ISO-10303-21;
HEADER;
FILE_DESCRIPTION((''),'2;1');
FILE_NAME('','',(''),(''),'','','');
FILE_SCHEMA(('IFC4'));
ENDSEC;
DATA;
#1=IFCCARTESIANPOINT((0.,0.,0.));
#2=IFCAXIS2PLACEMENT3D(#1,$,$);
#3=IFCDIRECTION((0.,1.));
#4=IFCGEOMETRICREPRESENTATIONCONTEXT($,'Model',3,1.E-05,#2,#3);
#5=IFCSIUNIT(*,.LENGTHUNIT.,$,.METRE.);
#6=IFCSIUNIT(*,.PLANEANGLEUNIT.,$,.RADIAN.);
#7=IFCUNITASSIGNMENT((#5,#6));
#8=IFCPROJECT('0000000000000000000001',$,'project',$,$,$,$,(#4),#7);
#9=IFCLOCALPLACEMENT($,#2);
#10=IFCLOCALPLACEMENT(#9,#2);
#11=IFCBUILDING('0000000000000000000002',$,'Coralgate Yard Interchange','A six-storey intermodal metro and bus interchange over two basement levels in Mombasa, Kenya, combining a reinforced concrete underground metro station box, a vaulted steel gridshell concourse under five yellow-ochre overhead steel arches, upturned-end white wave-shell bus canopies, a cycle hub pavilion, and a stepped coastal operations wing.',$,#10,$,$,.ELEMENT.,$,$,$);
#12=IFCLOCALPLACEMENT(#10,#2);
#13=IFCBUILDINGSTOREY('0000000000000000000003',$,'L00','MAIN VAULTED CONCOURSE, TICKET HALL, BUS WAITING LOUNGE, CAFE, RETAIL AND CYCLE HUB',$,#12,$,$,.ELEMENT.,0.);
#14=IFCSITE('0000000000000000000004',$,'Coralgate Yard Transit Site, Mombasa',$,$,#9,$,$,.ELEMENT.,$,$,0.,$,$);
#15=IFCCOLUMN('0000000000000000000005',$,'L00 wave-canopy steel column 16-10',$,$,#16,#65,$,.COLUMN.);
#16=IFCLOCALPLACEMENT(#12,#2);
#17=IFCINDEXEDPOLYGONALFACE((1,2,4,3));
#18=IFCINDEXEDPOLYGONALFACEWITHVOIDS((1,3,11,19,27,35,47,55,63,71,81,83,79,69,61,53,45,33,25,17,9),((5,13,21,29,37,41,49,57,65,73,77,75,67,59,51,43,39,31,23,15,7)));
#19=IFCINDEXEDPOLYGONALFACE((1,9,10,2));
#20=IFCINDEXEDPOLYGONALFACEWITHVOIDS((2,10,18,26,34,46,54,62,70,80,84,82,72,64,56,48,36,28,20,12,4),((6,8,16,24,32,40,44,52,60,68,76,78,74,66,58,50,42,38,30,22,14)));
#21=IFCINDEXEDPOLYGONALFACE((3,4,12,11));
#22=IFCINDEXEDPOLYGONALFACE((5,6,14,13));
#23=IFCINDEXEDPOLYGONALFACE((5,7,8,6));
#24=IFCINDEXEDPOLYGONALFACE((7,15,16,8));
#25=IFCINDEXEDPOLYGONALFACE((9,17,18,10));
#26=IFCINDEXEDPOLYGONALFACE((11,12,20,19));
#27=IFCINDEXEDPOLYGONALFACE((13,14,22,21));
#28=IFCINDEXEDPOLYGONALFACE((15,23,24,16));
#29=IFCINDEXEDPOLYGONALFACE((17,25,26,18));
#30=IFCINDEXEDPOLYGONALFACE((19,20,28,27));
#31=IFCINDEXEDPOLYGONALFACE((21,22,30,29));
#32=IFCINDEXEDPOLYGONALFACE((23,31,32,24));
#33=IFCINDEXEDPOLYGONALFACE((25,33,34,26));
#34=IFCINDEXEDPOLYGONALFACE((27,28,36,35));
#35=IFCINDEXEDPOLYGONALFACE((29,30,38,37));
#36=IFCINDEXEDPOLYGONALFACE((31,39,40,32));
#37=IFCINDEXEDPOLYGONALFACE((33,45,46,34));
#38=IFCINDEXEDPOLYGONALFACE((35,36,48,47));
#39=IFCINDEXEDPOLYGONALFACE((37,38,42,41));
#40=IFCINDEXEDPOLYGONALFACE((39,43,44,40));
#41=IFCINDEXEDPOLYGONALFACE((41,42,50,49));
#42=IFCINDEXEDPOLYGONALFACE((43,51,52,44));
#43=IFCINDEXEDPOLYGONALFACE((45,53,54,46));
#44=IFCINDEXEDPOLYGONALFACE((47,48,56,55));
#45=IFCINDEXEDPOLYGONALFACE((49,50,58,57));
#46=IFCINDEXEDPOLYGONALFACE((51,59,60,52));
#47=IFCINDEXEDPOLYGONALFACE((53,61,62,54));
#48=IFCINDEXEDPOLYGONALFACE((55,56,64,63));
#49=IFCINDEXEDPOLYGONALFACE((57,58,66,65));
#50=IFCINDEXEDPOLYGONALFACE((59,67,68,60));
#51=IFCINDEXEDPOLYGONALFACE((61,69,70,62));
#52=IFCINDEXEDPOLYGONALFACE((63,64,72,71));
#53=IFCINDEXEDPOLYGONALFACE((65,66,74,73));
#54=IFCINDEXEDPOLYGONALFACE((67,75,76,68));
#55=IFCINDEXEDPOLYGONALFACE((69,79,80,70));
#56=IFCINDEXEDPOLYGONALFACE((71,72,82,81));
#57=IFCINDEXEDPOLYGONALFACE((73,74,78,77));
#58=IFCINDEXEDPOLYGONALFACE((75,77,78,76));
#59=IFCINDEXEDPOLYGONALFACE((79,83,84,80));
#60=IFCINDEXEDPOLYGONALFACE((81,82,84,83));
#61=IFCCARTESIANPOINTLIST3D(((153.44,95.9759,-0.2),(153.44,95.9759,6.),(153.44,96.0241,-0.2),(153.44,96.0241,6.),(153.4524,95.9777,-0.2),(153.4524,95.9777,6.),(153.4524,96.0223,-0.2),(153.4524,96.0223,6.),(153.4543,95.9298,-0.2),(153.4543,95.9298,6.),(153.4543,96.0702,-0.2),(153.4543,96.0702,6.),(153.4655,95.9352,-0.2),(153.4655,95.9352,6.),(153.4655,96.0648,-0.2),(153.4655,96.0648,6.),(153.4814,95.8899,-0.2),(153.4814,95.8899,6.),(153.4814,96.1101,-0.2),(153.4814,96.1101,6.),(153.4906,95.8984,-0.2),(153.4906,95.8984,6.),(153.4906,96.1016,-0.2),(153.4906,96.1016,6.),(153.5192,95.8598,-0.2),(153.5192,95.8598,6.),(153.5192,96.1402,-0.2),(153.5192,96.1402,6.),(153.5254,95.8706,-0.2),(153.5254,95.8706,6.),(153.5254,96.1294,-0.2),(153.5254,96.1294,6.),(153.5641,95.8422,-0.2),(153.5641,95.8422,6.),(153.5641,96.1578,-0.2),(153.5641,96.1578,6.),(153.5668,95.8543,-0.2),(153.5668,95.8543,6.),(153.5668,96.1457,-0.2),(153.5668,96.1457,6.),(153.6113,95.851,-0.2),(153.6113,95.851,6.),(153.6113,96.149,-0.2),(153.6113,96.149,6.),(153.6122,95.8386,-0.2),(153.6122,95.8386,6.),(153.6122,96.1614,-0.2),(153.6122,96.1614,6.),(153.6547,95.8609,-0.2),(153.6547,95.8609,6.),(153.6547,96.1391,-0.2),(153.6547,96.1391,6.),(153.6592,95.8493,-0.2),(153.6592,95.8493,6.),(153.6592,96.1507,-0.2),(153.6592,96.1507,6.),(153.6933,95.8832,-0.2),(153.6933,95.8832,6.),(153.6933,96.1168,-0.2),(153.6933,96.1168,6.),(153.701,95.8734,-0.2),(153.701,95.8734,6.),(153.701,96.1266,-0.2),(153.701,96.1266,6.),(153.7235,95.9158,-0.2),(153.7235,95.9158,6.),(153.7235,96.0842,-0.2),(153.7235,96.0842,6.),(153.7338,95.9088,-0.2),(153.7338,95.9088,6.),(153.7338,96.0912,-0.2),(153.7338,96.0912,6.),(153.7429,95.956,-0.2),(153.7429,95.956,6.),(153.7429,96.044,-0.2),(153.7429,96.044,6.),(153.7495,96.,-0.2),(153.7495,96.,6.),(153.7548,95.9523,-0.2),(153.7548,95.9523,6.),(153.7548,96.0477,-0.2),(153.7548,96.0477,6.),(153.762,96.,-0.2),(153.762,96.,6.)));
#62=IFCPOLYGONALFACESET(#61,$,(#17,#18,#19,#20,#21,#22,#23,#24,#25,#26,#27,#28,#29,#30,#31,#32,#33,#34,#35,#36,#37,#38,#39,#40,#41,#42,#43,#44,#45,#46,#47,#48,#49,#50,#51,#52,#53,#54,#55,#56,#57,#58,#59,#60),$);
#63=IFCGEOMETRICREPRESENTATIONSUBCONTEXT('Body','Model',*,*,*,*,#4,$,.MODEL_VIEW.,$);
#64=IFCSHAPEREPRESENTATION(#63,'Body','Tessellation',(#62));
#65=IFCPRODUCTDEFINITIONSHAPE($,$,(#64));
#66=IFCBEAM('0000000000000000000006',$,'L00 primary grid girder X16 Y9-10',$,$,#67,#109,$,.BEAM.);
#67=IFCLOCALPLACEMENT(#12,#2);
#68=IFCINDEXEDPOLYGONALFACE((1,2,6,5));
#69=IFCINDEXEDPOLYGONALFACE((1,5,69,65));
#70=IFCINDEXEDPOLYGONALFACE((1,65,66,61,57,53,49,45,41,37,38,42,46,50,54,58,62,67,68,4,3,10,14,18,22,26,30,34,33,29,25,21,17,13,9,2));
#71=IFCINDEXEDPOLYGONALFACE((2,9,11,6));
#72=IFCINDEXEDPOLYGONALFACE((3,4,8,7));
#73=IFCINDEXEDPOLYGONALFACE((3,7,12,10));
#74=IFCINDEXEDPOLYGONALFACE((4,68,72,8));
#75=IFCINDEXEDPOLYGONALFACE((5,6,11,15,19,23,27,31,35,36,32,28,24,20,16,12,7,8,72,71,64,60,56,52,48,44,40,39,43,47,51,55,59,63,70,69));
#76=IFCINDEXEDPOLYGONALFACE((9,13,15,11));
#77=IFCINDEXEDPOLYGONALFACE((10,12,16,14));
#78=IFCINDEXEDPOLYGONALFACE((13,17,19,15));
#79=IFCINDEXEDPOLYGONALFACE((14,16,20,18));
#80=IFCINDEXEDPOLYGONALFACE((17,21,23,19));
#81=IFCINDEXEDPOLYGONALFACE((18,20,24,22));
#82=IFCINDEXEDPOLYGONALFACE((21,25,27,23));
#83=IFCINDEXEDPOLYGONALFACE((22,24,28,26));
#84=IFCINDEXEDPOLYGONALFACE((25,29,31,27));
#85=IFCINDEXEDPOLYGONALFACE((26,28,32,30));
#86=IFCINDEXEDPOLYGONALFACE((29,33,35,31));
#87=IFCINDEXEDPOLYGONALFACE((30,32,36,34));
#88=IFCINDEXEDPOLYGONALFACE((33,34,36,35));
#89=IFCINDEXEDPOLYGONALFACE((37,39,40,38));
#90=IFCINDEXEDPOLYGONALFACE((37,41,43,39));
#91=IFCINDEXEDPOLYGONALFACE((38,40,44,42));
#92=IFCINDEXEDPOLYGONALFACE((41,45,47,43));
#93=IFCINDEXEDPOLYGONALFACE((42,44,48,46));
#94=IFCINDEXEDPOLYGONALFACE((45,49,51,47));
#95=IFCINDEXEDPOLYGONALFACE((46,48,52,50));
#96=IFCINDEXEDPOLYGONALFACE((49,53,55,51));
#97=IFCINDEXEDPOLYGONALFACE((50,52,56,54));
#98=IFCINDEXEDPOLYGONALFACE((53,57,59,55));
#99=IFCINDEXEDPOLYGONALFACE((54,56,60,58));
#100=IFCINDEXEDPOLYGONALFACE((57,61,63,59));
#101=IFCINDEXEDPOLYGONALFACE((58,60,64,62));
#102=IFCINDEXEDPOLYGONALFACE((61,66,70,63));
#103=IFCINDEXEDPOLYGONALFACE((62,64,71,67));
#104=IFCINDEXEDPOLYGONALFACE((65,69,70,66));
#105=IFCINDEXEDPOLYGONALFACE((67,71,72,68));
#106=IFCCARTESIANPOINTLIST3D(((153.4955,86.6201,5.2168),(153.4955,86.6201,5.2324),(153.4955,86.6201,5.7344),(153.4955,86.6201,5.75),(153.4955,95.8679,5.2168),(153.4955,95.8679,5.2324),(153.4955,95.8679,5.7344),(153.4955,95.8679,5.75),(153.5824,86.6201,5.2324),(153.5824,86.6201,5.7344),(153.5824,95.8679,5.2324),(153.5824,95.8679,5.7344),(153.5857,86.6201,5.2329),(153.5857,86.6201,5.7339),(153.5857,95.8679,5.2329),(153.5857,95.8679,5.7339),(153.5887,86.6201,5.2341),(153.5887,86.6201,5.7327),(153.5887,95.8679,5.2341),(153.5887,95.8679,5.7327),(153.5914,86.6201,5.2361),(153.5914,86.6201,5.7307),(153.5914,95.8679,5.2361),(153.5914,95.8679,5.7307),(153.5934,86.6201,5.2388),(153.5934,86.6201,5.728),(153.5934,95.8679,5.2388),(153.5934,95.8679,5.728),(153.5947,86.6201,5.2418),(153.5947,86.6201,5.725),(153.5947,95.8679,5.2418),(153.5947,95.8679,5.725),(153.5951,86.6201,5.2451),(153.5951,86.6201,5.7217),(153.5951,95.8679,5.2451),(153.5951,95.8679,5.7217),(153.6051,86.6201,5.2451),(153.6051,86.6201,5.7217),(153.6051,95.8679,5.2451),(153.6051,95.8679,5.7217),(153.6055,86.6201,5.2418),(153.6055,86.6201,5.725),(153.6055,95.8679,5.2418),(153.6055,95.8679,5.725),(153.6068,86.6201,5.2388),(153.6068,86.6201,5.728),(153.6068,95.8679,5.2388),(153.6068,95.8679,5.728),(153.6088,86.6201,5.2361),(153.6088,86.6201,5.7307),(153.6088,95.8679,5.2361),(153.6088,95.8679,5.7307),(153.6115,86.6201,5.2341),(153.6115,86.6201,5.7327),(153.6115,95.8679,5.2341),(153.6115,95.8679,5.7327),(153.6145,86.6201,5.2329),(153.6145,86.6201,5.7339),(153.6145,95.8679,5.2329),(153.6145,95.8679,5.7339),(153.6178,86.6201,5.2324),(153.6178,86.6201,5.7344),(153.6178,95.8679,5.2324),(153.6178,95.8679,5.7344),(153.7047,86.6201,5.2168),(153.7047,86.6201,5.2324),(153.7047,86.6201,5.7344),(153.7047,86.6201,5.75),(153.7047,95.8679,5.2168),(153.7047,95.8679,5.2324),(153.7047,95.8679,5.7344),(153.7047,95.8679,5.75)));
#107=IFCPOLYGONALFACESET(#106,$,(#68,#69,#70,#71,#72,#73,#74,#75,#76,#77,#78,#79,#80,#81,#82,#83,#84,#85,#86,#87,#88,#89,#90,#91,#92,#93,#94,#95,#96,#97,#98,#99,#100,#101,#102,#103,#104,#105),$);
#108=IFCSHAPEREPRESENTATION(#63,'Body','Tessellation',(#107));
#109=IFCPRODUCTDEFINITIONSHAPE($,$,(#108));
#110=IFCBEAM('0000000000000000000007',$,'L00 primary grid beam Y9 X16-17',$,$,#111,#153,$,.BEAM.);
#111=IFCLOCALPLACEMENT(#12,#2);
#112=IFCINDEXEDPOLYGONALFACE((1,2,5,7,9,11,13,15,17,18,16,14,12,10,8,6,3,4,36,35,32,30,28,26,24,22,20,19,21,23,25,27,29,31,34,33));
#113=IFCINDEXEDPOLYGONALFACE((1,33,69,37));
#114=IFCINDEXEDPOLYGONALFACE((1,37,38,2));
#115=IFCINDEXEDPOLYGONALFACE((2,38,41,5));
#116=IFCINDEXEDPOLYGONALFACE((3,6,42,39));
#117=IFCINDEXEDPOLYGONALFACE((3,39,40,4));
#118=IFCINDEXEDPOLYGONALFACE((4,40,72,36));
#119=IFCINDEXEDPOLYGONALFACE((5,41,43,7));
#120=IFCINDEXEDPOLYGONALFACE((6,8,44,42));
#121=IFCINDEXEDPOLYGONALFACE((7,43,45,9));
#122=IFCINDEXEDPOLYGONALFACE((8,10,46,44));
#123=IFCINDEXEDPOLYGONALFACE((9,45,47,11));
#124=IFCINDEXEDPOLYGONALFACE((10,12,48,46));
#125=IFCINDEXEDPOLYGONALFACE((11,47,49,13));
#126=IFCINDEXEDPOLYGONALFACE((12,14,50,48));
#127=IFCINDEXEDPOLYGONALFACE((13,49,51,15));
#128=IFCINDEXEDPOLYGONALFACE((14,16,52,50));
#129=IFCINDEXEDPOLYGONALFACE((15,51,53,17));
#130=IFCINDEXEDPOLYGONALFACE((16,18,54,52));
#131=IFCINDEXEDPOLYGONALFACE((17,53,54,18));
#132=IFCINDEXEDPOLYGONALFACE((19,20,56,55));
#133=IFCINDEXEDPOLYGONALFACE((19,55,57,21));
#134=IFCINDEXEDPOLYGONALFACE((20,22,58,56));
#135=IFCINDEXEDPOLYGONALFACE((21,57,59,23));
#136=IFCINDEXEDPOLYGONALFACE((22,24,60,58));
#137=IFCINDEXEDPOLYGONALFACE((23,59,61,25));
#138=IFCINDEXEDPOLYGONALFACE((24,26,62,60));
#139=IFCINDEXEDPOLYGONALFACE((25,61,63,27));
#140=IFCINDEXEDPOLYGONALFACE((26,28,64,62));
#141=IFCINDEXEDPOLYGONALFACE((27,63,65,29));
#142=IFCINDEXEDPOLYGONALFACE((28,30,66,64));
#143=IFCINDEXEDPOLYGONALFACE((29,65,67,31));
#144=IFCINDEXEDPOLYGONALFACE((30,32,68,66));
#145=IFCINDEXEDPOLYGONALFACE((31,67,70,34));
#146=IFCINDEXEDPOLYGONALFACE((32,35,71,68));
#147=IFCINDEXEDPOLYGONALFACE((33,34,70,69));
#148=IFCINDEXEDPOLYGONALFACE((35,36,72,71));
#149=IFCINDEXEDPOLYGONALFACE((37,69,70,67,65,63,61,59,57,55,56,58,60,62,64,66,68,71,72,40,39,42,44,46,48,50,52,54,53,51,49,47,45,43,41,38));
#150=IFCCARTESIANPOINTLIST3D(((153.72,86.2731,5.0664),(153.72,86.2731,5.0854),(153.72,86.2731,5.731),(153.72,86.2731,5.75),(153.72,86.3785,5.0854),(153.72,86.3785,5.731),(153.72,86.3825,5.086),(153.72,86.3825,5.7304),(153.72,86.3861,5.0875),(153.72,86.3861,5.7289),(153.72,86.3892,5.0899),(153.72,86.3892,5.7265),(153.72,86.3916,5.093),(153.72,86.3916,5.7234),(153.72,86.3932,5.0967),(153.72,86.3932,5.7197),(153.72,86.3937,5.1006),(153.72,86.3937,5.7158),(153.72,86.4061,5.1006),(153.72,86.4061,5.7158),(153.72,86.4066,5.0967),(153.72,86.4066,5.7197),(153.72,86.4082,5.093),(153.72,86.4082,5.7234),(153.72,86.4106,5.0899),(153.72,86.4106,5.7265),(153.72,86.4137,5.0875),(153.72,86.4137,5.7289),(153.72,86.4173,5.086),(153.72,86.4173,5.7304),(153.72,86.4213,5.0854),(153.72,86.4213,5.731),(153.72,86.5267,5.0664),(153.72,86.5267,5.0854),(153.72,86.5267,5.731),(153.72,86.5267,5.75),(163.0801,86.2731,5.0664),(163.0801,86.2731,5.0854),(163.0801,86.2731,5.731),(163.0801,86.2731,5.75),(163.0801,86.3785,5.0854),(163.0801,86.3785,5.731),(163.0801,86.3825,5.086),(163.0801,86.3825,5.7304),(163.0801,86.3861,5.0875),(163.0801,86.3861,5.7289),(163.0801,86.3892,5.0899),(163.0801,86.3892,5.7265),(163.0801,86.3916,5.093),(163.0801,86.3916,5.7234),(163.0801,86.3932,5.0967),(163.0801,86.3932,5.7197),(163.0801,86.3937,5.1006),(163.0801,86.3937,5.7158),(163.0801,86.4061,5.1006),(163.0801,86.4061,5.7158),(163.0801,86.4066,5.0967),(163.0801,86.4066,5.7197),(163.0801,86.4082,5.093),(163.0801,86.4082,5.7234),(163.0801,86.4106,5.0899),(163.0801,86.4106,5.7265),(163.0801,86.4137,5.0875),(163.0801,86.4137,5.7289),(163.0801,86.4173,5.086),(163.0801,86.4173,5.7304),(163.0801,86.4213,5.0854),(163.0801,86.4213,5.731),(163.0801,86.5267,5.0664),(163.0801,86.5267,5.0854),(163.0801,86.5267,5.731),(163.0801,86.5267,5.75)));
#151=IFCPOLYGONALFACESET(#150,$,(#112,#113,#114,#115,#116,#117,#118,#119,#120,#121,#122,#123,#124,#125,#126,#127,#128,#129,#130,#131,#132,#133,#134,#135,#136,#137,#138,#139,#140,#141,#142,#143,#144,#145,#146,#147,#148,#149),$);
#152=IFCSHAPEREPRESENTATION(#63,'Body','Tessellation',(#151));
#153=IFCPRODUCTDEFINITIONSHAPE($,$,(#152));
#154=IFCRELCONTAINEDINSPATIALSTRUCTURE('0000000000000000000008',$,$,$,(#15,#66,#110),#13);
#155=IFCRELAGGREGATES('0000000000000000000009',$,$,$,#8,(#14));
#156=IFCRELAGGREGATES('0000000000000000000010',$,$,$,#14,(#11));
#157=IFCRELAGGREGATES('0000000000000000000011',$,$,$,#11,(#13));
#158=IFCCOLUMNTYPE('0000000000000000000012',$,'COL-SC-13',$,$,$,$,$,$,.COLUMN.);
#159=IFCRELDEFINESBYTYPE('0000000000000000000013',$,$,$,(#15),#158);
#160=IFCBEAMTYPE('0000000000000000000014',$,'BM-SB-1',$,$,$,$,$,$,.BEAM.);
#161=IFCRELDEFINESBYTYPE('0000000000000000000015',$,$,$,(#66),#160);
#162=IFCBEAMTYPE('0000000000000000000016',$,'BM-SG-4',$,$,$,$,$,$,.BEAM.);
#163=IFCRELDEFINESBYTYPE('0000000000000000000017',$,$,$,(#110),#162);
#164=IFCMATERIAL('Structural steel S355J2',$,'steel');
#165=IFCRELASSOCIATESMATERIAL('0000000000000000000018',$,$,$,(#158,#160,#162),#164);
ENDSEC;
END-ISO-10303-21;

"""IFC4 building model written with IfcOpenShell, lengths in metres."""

from ifc_helpers import new_model, si_unit, direction, frame, origin, origin_2d, place, context, subcontext, project, spatial, hollow_circle, i_section, extrude, material, material_profile, profile_set, type_object, element, save


model = new_model("IFC4")

# Units and contexts
model_context = context("Model", 3, precision=1e-05, world=origin(), true_north=direction((0.0, 1.0)))
body_context = subcontext(model_context, "Body", "Model", "MODEL_VIEW")
ifc_project = project(units=[si_unit("LENGTHUNIT", "METRE"), si_unit("PLANEANGLEUNIT", "RADIAN")], contexts=[model_context])

# Site, building, storey
site_placement = place(None, origin())
site = spatial("IfcSite", under=ifc_project, at=site_placement, Name="Coralgate Yard Transit Site, Mombasa", CompositionType="ELEMENT", RefElevation=0.0)
building_placement = place(site_placement, origin())
building = spatial("IfcBuilding", under=site, at=building_placement, Name="Coralgate Yard Interchange", Description="A six-storey intermodal metro and bus interchange over two basement levels in Mombasa, Kenya, combining a reinforced concrete underground metro station box, a vaulted steel gridshell concourse under five yellow-ochre overhead steel arches, upturned-end white wave-shell bus canopies, a cycle hub pavilion, and a stepped coastal operations wing.", CompositionType="ELEMENT")
storey_placement = place(building_placement, origin())
storey = spatial("IfcBuildingStorey", under=building, at=storey_placement, Name="L00", Description="MAIN VAULTED CONCOURSE, TICKET HALL, BUS WAITING LOUNGE, CAFE, RETAIL AND CYCLE HUB", CompositionType="ELEMENT", Elevation=0.0)

# Column
ifc_material_1 = material(Name="Structural steel S355J2", Category="steel")
ifc_material_profile_1 = material_profile(ifc_material_1, hollow_circle(Radius=0.1619, WallThickness=0.0125, at=origin_2d()), Name="CHS 323.9x12.5")
ifc_profile_set_1 = profile_set([ifc_material_profile_1], Name="Structural steel S355J2")
column_type_1 = type_object("IfcColumnType", Name="COL-SC-13", PredefinedType="COLUMN", material=ifc_profile_set_1)
column_1_placement = place(storey_placement, frame((153.6001, 96.0, -0.2), z_axis=(0.0, 0.0, 1.0), x_axis=(1.0, 0.0, 0.0)))
element("IfcColumn", 1, at=column_1_placement, inside=storey, type_object=column_type_1, Name="L00 wave-canopy steel column 16-10", PredefinedType="COLUMN", context=body_context, shape_type="SweptSolid", body=[
    extrude(hollow_circle(Radius=0.1619, WallThickness=0.0125, at=origin_2d()), origin(), (0.0, 0.0, 1.0), 6.2),
])

# Beams
ifc_material_profile_2 = material_profile(ifc_material_1, i_section(OverallWidth=0.2092, OverallDepth=0.5332, WebThickness=0.01, FlangeThickness=0.0156, FilletRadius=0.0127, at=origin_2d()), Name="UB 533x210x92")
ifc_profile_set_2 = profile_set([ifc_material_profile_2], Name="Structural steel S355J2")
beam_type_1 = type_object("IfcBeamType", Name="BM-SB-1", PredefinedType="BEAM", material=ifc_profile_set_2)
beam_1_placement = place(storey_placement, frame((153.6001, 86.6201, 5.4834), z_axis=(0.0, 1.0, 0.0), x_axis=(-1.0, 0.0, 0.0)))
element("IfcBeam", 2, at=beam_1_placement, inside=storey, type_object=beam_type_1, Name="L00 primary grid girder X16 Y9-10", PredefinedType="BEAM", context=body_context, shape_type="SweptSolid", body=[
    extrude(i_section(OverallWidth=0.2092, OverallDepth=0.5332, WebThickness=0.01, FlangeThickness=0.0156, FilletRadius=0.0127, at=origin_2d()), origin(), (0.0, 0.0, 1.0), 9.2478),
])
ifc_material_profile_3 = material_profile(ifc_material_1, i_section(OverallWidth=0.2537, OverallDepth=0.6836, WebThickness=0.0125, FlangeThickness=0.019, FilletRadius=0.0151, at=origin_2d()), Name="UB 686x254x140")
ifc_profile_set_3 = profile_set([ifc_material_profile_3], Name="Structural steel S355J2")
beam_type_2 = type_object("IfcBeamType", Name="BM-SG-4", PredefinedType="BEAM", material=ifc_profile_set_3)
beam_2_placement = place(storey_placement, frame((153.72, 86.3999, 5.4082), z_axis=(1.0, 0.0, 0.0), x_axis=(0.0, 1.0, 0.0)))
element("IfcBeam", 3, at=beam_2_placement, inside=storey, type_object=beam_type_2, Name="L00 primary grid beam Y9 X16-17", PredefinedType="BEAM", context=body_context, shape_type="SweptSolid", body=[
    extrude(i_section(OverallWidth=0.2537, OverallDepth=0.6836, WebThickness=0.0125, FlangeThickness=0.019, FilletRadius=0.0151, at=origin_2d()), origin(), (0.0, 0.0, 1.0), 9.3601),
])

save(model, "model.ifc")
